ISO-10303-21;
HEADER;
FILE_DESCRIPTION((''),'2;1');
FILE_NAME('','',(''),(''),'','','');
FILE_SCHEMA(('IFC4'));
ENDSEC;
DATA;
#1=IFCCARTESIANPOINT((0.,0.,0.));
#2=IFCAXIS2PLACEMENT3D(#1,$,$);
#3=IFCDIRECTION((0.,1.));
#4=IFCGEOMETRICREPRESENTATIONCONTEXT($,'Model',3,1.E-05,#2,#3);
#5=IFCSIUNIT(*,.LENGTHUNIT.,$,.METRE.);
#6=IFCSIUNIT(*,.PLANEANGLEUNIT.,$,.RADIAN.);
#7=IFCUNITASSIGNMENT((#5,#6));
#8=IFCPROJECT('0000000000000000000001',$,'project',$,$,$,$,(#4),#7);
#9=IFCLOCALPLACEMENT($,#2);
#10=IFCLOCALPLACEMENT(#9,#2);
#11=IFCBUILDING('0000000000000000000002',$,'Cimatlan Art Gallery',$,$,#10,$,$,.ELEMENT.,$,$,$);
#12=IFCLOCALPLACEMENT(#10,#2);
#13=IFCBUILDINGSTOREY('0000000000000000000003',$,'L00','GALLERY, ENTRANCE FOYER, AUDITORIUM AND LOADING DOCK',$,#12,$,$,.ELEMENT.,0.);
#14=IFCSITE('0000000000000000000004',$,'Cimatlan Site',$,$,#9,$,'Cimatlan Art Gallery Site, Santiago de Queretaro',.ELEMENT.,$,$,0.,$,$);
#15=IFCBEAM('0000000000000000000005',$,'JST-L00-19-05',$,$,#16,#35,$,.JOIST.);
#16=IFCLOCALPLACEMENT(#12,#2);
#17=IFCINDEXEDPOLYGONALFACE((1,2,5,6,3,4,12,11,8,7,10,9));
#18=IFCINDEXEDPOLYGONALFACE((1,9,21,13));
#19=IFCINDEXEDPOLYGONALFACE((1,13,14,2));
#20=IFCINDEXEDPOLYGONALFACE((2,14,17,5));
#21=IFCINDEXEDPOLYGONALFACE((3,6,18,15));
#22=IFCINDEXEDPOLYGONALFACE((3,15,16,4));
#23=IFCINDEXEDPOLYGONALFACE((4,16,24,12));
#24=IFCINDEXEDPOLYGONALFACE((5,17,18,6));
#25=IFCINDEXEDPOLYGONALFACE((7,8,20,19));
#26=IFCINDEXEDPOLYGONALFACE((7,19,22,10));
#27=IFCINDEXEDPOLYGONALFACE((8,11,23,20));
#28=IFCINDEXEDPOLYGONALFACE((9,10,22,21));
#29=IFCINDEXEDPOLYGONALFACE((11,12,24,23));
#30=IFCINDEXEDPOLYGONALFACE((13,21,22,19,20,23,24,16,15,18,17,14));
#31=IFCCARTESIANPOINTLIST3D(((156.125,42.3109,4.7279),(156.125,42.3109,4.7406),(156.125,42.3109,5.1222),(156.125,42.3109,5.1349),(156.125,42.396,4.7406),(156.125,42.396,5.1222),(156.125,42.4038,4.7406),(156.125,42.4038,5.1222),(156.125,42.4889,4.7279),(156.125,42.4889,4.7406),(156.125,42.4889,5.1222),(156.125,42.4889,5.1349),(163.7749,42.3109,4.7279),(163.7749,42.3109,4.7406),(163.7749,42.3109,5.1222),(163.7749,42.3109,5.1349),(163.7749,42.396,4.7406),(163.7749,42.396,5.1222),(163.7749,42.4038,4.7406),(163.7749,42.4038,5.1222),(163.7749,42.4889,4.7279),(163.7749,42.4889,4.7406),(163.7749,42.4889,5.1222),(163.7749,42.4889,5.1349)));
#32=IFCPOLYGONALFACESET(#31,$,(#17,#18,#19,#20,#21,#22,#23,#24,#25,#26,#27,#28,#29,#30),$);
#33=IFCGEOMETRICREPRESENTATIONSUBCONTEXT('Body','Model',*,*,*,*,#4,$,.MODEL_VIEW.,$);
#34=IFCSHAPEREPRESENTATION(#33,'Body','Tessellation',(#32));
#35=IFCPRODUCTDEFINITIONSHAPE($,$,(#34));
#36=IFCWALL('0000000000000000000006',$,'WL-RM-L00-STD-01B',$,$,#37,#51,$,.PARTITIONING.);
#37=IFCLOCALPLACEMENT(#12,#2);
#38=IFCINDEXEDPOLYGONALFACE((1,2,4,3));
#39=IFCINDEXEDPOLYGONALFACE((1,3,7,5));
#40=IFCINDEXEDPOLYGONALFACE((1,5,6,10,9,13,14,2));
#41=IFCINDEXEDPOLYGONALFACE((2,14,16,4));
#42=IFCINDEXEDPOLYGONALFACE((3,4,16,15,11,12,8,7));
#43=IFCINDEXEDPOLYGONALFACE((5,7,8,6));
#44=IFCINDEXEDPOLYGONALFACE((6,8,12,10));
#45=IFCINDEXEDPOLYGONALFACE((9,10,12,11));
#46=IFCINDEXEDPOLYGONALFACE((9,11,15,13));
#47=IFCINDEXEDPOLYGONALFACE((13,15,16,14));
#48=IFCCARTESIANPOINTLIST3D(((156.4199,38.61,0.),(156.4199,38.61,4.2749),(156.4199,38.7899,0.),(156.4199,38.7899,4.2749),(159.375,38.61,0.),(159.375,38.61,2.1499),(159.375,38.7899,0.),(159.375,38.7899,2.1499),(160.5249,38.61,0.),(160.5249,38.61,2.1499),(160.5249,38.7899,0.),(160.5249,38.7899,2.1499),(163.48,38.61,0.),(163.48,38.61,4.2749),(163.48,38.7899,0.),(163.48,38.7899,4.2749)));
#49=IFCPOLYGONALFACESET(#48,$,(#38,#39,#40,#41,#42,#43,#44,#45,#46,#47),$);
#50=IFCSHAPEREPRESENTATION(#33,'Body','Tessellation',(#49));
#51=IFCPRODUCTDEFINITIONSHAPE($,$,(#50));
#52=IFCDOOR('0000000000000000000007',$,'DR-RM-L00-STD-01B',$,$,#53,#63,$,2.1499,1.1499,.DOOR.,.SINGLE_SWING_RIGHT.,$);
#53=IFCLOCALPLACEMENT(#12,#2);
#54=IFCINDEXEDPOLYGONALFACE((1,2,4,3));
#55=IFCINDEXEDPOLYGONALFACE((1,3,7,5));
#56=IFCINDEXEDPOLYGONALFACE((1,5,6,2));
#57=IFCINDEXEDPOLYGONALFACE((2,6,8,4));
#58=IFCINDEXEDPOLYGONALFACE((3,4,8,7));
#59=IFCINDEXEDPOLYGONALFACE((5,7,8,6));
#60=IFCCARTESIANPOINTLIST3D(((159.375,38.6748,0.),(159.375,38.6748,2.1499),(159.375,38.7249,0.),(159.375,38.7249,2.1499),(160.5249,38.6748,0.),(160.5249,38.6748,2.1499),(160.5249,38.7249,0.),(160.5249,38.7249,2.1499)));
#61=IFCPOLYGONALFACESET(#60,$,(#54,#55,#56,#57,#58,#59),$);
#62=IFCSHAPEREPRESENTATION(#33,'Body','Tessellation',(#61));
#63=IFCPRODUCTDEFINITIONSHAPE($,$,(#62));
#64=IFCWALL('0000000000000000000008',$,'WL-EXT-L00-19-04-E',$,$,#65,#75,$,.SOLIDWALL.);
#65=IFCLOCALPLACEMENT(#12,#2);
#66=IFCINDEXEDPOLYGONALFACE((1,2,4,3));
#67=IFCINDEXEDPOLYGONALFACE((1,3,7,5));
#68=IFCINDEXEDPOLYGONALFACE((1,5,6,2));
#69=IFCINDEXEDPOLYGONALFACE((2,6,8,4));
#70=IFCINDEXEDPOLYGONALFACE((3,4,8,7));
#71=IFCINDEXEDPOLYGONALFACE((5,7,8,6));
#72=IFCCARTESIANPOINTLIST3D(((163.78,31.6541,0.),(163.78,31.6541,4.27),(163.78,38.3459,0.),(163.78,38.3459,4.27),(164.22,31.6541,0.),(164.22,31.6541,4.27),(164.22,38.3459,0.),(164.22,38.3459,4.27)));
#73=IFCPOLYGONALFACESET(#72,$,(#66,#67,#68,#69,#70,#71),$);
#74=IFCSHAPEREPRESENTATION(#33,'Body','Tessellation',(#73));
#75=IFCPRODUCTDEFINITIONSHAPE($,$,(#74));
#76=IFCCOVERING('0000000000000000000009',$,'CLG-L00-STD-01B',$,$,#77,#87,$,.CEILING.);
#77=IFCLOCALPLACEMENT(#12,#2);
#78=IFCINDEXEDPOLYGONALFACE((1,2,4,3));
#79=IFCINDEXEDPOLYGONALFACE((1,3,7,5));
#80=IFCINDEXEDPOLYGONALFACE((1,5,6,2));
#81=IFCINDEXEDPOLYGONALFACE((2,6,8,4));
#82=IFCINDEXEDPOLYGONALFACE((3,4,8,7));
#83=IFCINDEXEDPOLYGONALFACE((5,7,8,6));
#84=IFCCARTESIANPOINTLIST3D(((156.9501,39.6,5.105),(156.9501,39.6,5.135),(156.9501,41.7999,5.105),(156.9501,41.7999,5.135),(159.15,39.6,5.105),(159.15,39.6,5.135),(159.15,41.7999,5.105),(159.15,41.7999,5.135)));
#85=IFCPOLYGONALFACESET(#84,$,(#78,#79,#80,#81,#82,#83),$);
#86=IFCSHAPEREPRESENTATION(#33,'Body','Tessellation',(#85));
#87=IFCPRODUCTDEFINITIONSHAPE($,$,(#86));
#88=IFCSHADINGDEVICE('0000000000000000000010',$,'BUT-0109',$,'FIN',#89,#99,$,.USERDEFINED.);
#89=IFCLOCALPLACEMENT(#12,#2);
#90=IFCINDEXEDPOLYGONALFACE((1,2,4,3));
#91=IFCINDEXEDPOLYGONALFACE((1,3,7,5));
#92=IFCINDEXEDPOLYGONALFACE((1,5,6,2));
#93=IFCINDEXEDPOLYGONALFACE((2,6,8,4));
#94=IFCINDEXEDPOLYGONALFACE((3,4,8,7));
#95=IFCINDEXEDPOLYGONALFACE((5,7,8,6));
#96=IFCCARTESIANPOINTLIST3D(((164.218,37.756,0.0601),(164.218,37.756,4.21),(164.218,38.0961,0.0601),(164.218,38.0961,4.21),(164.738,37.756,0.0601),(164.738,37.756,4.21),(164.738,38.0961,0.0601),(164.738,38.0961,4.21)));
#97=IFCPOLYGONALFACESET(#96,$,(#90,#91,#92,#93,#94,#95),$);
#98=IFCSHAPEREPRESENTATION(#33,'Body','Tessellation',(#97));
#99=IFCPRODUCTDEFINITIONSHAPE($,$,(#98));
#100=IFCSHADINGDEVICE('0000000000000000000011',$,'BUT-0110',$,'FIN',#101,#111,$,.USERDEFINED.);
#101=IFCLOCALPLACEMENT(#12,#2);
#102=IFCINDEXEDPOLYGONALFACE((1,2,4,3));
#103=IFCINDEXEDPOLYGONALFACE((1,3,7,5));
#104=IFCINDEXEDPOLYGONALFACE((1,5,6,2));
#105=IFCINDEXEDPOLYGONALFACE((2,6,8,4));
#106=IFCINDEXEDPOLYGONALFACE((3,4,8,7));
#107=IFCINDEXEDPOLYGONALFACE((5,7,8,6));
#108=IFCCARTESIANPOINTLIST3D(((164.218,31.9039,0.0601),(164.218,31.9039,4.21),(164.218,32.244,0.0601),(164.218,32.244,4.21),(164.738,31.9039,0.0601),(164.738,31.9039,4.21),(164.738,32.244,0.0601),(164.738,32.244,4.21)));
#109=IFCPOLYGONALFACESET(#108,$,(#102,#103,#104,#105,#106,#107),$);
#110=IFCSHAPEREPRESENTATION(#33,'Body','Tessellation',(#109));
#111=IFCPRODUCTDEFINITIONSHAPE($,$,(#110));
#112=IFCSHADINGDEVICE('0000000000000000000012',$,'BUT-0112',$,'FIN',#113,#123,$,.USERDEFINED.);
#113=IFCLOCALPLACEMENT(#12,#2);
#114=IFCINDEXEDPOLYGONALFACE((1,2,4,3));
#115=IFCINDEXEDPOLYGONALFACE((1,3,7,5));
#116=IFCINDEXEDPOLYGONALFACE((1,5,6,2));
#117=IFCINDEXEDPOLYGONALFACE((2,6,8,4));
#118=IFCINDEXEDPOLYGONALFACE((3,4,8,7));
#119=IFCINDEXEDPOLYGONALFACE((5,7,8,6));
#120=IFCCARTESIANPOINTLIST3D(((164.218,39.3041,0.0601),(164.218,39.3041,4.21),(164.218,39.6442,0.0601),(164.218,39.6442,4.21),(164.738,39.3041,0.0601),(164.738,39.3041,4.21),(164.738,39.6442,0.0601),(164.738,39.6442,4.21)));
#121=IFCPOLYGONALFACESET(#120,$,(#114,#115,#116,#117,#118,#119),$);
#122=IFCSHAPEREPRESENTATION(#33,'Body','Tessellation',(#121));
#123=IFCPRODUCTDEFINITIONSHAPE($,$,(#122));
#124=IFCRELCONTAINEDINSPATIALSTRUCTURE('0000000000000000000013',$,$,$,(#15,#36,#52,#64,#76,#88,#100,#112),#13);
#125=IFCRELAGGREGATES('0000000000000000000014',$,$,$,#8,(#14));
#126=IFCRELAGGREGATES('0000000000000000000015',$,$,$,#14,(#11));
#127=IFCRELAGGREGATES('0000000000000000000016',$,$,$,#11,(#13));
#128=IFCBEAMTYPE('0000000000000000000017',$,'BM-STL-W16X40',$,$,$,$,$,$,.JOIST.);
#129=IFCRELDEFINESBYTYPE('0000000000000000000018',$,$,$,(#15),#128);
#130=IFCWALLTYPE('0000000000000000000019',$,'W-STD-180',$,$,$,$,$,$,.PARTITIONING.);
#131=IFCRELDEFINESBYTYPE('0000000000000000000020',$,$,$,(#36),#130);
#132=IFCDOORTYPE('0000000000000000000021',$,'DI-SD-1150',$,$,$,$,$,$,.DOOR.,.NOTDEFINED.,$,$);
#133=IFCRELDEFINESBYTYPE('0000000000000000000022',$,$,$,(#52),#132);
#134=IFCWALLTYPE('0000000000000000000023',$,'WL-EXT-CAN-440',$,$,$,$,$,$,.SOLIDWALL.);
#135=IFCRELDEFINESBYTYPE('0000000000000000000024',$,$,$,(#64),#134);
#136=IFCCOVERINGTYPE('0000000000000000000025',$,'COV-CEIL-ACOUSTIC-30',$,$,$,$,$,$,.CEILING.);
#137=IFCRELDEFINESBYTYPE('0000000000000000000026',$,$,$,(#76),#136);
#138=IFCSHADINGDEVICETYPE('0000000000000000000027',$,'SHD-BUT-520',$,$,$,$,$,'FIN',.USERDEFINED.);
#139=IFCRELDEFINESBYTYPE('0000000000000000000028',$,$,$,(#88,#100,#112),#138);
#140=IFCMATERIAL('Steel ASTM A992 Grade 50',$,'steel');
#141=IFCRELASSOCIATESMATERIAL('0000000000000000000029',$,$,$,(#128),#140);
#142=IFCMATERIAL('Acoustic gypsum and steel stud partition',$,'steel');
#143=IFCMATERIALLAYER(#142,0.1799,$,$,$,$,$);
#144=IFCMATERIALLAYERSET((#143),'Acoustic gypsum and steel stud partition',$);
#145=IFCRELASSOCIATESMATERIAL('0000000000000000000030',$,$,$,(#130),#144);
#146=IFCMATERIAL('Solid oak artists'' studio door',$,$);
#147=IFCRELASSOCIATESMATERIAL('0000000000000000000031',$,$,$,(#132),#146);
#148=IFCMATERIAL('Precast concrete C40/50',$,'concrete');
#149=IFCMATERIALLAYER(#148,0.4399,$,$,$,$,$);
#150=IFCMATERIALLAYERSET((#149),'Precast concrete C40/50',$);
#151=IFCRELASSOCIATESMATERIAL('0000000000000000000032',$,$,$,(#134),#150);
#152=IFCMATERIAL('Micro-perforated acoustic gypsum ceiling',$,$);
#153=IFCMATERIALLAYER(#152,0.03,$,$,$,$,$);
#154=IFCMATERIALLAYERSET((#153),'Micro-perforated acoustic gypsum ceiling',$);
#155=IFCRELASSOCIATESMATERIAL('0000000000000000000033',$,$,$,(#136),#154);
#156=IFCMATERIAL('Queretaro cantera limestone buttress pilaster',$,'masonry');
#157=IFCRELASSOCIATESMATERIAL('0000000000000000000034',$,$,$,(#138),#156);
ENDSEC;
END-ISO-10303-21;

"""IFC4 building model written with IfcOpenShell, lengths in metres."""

from ifc_helpers import new_model, si_unit, direction, frame, frame_2d, origin, origin_2d, place, context, subcontext, project, spatial, rectangle, i_section, extrude, material, layer, layer_set, material_profile, profile_set, type_object, element, fill, save


model = new_model("IFC4")

# Units and contexts
model_context = context("Model", 3, precision=1e-05, world=origin(), true_north=direction((0.0, 1.0)))
body_context = subcontext(model_context, "Body", "Model", "MODEL_VIEW")
ifc_project = project(units=[si_unit("LENGTHUNIT", "METRE"), si_unit("PLANEANGLEUNIT", "RADIAN")], contexts=[model_context])

# Site, building, storey
site_placement = place(None, origin())
site = spatial("IfcSite", under=ifc_project, at=site_placement, Name="Cimatlan Site", LongName="Cimatlan Art Gallery Site, Santiago de Queretaro", CompositionType="ELEMENT", RefElevation=0.0)
building_placement = place(site_placement, origin())
building = spatial("IfcBuilding", under=site, at=building_placement, Name="Cimatlan Art Gallery", CompositionType="ELEMENT")
storey_placement = place(building_placement, origin())
storey = spatial("IfcBuildingStorey", under=building, at=storey_placement, Name="L00", Description="GALLERY, ENTRANCE FOYER, AUDITORIUM AND LOADING DOCK", CompositionType="ELEMENT", Elevation=0.0)

# Beam
ifc_material_1 = material(Name="Steel ASTM A992 Grade 50", Category="steel")
ifc_material_profile_1 = material_profile(ifc_material_1, i_section(OverallWidth=0.178, OverallDepth=0.407, WebThickness=0.0078, FlangeThickness=0.0127, at=origin_2d()), Name="W16X40")
ifc_profile_set_1 = profile_set([ifc_material_profile_1], Name="Steel ASTM A992 Grade 50")
beam_type_1 = type_object("IfcBeamType", Name="BM-STL-W16X40", PredefinedType="JOIST", material=ifc_profile_set_1)
for number, where, z_axis, x_axis, name in (
    (1, (156.125, 42.3999, 4.9314), (1.0, 0.0, 0.0), (0.0, 1.0, 0.0), "JST-L00-19-05"),
):
    element("IfcBeam", number, at=place(storey_placement, frame(where, z_axis=z_axis, x_axis=x_axis)), inside=storey, type_object=beam_type_1, Name=name, PredefinedType="JOIST", context=body_context, shape_type="SweptSolid", body=[
        extrude(i_section(OverallWidth=0.178, OverallDepth=0.407, WebThickness=0.0078, FlangeThickness=0.0127, at=origin_2d()), origin(), (0.0, 0.0, 1.0), 7.6499),
    ])

# Wall, opening, door
ifc_material_2 = material(Name="Acoustic gypsum and steel stud partition", Category="steel")
ifc_layer_1 = layer(ifc_material_2, 0.1799)
ifc_layer_set_1 = layer_set([ifc_layer_1], Name="Acoustic gypsum and steel stud partition")
wall_type_1 = type_object("IfcWallType", Name="W-STD-180", PredefinedType="PARTITIONING", material=ifc_layer_set_1)
wall_1_placement = place(storey_placement, frame((156.4199, 38.7, 0.0), z_axis=(0.0, 0.0, 1.0), x_axis=(1.0, 0.0, 0.0)))
wall_1 = element("IfcWall", 2, at=wall_1_placement, inside=storey, type_object=wall_type_1, Name="WL-RM-L00-STD-01B", PredefinedType="PARTITIONING", context=body_context, shape_type="SweptSolid", body=[
    extrude(rectangle(XDim=7.0601, YDim=0.1799, at=frame_2d((3.53, 0.0))), origin(), (0.0, 0.0, 1.0), 4.2749),
])
opening_placement = place(wall_1_placement, frame((2.9551, 0.0, 0.0)))
opening = element("IfcOpeningElement", 3, at=opening_placement, cuts=wall_1, PredefinedType="OPENING", context=body_context, shape_type="SweptSolid", body=[
    extrude(rectangle(XDim=1.1499, YDim=2.1499, at=frame_2d((0.575, 1.075))), frame((0.0, 0.1001, 0.0), z_axis=(0.0, -1.0, 0.0), x_axis=(1.0, 0.0, 0.0)), (0.0, 0.0, 1.0), 0.2),
])
ifc_material_3 = material(Name="Solid oak artists' studio door")
door_type = type_object("IfcDoorType", Name="DI-SD-1150", OperationType="NOTDEFINED", PredefinedType="DOOR", material=ifc_material_3)
door_placement = place(opening_placement, origin())
door = element("IfcDoor", 4, at=door_placement, inside=storey, type_object=door_type, Name="DR-RM-L00-STD-01B", OperationType="SINGLE_SWING_RIGHT", OverallHeight=2.1499, OverallWidth=1.1499, PredefinedType="DOOR", context=body_context, shape_type="SweptSolid", body=[
    extrude(rectangle(XDim=1.1499, YDim=2.1499, at=frame_2d((0.575, 1.075))), frame((0.0, 0.0249, 0.0), z_axis=(0.0, -1.0, 0.0), x_axis=(1.0, 0.0, 0.0)), (0.0, 0.0, 1.0), 0.05),
])
fill(opening, door)

# Wall
ifc_material_4 = material(Name="Precast concrete C40/50", Category="concrete")
ifc_layer_2 = layer(ifc_material_4, 0.4399)
ifc_layer_set_2 = layer_set([ifc_layer_2], Name="Precast concrete C40/50")
wall_type_2 = type_object("IfcWallType", Name="WL-EXT-CAN-440", PredefinedType="SOLIDWALL", material=ifc_layer_set_2)
wall_2_placement = place(storey_placement, frame((164.0, 38.3459, 0.0), z_axis=(0.0, 0.0, 1.0), x_axis=(0.0, -1.0, 0.0)))
element("IfcWall", 5, at=wall_2_placement, inside=storey, type_object=wall_type_2, Name="WL-EXT-L00-19-04-E", PredefinedType="SOLIDWALL", context=body_context, shape_type="SweptSolid", body=[
    extrude(rectangle(XDim=6.6919, YDim=0.4399, at=frame_2d((3.3459, 0.0))), origin(), (0.0, 0.0, 1.0), 4.27),
])

# Covering
ifc_material_5 = material(Name="Micro-perforated acoustic gypsum ceiling")
ifc_layer_3 = layer(ifc_material_5, 0.03)
ifc_layer_set_3 = layer_set([ifc_layer_3], Name="Micro-perforated acoustic gypsum ceiling")
covering_type = type_object("IfcCoveringType", Name="COV-CEIL-ACOUSTIC-30", PredefinedType="CEILING", material=ifc_layer_set_3)
covering_placement = place(storey_placement, frame((158.05, 40.7, 5.105), z_axis=(0.0, 0.0, 1.0), x_axis=(1.0, 0.0, 0.0)))
element("IfcCovering", 6, at=covering_placement, inside=storey, type_object=covering_type, Name="CLG-L00-STD-01B", PredefinedType="CEILING", context=body_context, shape_type="SweptSolid", body=[
    extrude(rectangle(XDim=2.2, YDim=2.2, at=origin_2d()), origin(), (0.0, 0.0, 1.0), 0.03),
])

# Shading devices
ifc_material_6 = material(Name="Queretaro cantera limestone buttress pilaster", Category="masonry")
shading_device_type = type_object("IfcShadingDeviceType", Name="SHD-BUT-520", ElementType="FIN", PredefinedType="USERDEFINED", material=ifc_material_6)
for number, where, z_axis, x_axis, name in (
    (7, (164.478, 37.926, 0.0601), (0.0, 0.0, 1.0), (0.0, -1.0, 0.0), "BUT-0109"),
    (8, (164.478, 32.074, 0.0601), (0.0, 0.0, 1.0), (0.0, -1.0, 0.0), "BUT-0110"),
    (9, (164.478, 39.4741, 0.0601), (0.0, 0.0, 1.0), (0.0, -1.0, 0.0), "BUT-0112"),
):
    element("IfcShadingDevice", number, at=place(storey_placement, frame(where, z_axis=z_axis, x_axis=x_axis)), inside=storey, type_object=shading_device_type, Name=name, ObjectType="FIN", PredefinedType="USERDEFINED", context=body_context, shape_type="SweptSolid", body=[
        extrude(rectangle(XDim=0.3401, YDim=0.52, at=origin_2d()), origin(), (0.0, 0.0, 1.0), 4.1499),
    ])

save(model, "model.ifc")
